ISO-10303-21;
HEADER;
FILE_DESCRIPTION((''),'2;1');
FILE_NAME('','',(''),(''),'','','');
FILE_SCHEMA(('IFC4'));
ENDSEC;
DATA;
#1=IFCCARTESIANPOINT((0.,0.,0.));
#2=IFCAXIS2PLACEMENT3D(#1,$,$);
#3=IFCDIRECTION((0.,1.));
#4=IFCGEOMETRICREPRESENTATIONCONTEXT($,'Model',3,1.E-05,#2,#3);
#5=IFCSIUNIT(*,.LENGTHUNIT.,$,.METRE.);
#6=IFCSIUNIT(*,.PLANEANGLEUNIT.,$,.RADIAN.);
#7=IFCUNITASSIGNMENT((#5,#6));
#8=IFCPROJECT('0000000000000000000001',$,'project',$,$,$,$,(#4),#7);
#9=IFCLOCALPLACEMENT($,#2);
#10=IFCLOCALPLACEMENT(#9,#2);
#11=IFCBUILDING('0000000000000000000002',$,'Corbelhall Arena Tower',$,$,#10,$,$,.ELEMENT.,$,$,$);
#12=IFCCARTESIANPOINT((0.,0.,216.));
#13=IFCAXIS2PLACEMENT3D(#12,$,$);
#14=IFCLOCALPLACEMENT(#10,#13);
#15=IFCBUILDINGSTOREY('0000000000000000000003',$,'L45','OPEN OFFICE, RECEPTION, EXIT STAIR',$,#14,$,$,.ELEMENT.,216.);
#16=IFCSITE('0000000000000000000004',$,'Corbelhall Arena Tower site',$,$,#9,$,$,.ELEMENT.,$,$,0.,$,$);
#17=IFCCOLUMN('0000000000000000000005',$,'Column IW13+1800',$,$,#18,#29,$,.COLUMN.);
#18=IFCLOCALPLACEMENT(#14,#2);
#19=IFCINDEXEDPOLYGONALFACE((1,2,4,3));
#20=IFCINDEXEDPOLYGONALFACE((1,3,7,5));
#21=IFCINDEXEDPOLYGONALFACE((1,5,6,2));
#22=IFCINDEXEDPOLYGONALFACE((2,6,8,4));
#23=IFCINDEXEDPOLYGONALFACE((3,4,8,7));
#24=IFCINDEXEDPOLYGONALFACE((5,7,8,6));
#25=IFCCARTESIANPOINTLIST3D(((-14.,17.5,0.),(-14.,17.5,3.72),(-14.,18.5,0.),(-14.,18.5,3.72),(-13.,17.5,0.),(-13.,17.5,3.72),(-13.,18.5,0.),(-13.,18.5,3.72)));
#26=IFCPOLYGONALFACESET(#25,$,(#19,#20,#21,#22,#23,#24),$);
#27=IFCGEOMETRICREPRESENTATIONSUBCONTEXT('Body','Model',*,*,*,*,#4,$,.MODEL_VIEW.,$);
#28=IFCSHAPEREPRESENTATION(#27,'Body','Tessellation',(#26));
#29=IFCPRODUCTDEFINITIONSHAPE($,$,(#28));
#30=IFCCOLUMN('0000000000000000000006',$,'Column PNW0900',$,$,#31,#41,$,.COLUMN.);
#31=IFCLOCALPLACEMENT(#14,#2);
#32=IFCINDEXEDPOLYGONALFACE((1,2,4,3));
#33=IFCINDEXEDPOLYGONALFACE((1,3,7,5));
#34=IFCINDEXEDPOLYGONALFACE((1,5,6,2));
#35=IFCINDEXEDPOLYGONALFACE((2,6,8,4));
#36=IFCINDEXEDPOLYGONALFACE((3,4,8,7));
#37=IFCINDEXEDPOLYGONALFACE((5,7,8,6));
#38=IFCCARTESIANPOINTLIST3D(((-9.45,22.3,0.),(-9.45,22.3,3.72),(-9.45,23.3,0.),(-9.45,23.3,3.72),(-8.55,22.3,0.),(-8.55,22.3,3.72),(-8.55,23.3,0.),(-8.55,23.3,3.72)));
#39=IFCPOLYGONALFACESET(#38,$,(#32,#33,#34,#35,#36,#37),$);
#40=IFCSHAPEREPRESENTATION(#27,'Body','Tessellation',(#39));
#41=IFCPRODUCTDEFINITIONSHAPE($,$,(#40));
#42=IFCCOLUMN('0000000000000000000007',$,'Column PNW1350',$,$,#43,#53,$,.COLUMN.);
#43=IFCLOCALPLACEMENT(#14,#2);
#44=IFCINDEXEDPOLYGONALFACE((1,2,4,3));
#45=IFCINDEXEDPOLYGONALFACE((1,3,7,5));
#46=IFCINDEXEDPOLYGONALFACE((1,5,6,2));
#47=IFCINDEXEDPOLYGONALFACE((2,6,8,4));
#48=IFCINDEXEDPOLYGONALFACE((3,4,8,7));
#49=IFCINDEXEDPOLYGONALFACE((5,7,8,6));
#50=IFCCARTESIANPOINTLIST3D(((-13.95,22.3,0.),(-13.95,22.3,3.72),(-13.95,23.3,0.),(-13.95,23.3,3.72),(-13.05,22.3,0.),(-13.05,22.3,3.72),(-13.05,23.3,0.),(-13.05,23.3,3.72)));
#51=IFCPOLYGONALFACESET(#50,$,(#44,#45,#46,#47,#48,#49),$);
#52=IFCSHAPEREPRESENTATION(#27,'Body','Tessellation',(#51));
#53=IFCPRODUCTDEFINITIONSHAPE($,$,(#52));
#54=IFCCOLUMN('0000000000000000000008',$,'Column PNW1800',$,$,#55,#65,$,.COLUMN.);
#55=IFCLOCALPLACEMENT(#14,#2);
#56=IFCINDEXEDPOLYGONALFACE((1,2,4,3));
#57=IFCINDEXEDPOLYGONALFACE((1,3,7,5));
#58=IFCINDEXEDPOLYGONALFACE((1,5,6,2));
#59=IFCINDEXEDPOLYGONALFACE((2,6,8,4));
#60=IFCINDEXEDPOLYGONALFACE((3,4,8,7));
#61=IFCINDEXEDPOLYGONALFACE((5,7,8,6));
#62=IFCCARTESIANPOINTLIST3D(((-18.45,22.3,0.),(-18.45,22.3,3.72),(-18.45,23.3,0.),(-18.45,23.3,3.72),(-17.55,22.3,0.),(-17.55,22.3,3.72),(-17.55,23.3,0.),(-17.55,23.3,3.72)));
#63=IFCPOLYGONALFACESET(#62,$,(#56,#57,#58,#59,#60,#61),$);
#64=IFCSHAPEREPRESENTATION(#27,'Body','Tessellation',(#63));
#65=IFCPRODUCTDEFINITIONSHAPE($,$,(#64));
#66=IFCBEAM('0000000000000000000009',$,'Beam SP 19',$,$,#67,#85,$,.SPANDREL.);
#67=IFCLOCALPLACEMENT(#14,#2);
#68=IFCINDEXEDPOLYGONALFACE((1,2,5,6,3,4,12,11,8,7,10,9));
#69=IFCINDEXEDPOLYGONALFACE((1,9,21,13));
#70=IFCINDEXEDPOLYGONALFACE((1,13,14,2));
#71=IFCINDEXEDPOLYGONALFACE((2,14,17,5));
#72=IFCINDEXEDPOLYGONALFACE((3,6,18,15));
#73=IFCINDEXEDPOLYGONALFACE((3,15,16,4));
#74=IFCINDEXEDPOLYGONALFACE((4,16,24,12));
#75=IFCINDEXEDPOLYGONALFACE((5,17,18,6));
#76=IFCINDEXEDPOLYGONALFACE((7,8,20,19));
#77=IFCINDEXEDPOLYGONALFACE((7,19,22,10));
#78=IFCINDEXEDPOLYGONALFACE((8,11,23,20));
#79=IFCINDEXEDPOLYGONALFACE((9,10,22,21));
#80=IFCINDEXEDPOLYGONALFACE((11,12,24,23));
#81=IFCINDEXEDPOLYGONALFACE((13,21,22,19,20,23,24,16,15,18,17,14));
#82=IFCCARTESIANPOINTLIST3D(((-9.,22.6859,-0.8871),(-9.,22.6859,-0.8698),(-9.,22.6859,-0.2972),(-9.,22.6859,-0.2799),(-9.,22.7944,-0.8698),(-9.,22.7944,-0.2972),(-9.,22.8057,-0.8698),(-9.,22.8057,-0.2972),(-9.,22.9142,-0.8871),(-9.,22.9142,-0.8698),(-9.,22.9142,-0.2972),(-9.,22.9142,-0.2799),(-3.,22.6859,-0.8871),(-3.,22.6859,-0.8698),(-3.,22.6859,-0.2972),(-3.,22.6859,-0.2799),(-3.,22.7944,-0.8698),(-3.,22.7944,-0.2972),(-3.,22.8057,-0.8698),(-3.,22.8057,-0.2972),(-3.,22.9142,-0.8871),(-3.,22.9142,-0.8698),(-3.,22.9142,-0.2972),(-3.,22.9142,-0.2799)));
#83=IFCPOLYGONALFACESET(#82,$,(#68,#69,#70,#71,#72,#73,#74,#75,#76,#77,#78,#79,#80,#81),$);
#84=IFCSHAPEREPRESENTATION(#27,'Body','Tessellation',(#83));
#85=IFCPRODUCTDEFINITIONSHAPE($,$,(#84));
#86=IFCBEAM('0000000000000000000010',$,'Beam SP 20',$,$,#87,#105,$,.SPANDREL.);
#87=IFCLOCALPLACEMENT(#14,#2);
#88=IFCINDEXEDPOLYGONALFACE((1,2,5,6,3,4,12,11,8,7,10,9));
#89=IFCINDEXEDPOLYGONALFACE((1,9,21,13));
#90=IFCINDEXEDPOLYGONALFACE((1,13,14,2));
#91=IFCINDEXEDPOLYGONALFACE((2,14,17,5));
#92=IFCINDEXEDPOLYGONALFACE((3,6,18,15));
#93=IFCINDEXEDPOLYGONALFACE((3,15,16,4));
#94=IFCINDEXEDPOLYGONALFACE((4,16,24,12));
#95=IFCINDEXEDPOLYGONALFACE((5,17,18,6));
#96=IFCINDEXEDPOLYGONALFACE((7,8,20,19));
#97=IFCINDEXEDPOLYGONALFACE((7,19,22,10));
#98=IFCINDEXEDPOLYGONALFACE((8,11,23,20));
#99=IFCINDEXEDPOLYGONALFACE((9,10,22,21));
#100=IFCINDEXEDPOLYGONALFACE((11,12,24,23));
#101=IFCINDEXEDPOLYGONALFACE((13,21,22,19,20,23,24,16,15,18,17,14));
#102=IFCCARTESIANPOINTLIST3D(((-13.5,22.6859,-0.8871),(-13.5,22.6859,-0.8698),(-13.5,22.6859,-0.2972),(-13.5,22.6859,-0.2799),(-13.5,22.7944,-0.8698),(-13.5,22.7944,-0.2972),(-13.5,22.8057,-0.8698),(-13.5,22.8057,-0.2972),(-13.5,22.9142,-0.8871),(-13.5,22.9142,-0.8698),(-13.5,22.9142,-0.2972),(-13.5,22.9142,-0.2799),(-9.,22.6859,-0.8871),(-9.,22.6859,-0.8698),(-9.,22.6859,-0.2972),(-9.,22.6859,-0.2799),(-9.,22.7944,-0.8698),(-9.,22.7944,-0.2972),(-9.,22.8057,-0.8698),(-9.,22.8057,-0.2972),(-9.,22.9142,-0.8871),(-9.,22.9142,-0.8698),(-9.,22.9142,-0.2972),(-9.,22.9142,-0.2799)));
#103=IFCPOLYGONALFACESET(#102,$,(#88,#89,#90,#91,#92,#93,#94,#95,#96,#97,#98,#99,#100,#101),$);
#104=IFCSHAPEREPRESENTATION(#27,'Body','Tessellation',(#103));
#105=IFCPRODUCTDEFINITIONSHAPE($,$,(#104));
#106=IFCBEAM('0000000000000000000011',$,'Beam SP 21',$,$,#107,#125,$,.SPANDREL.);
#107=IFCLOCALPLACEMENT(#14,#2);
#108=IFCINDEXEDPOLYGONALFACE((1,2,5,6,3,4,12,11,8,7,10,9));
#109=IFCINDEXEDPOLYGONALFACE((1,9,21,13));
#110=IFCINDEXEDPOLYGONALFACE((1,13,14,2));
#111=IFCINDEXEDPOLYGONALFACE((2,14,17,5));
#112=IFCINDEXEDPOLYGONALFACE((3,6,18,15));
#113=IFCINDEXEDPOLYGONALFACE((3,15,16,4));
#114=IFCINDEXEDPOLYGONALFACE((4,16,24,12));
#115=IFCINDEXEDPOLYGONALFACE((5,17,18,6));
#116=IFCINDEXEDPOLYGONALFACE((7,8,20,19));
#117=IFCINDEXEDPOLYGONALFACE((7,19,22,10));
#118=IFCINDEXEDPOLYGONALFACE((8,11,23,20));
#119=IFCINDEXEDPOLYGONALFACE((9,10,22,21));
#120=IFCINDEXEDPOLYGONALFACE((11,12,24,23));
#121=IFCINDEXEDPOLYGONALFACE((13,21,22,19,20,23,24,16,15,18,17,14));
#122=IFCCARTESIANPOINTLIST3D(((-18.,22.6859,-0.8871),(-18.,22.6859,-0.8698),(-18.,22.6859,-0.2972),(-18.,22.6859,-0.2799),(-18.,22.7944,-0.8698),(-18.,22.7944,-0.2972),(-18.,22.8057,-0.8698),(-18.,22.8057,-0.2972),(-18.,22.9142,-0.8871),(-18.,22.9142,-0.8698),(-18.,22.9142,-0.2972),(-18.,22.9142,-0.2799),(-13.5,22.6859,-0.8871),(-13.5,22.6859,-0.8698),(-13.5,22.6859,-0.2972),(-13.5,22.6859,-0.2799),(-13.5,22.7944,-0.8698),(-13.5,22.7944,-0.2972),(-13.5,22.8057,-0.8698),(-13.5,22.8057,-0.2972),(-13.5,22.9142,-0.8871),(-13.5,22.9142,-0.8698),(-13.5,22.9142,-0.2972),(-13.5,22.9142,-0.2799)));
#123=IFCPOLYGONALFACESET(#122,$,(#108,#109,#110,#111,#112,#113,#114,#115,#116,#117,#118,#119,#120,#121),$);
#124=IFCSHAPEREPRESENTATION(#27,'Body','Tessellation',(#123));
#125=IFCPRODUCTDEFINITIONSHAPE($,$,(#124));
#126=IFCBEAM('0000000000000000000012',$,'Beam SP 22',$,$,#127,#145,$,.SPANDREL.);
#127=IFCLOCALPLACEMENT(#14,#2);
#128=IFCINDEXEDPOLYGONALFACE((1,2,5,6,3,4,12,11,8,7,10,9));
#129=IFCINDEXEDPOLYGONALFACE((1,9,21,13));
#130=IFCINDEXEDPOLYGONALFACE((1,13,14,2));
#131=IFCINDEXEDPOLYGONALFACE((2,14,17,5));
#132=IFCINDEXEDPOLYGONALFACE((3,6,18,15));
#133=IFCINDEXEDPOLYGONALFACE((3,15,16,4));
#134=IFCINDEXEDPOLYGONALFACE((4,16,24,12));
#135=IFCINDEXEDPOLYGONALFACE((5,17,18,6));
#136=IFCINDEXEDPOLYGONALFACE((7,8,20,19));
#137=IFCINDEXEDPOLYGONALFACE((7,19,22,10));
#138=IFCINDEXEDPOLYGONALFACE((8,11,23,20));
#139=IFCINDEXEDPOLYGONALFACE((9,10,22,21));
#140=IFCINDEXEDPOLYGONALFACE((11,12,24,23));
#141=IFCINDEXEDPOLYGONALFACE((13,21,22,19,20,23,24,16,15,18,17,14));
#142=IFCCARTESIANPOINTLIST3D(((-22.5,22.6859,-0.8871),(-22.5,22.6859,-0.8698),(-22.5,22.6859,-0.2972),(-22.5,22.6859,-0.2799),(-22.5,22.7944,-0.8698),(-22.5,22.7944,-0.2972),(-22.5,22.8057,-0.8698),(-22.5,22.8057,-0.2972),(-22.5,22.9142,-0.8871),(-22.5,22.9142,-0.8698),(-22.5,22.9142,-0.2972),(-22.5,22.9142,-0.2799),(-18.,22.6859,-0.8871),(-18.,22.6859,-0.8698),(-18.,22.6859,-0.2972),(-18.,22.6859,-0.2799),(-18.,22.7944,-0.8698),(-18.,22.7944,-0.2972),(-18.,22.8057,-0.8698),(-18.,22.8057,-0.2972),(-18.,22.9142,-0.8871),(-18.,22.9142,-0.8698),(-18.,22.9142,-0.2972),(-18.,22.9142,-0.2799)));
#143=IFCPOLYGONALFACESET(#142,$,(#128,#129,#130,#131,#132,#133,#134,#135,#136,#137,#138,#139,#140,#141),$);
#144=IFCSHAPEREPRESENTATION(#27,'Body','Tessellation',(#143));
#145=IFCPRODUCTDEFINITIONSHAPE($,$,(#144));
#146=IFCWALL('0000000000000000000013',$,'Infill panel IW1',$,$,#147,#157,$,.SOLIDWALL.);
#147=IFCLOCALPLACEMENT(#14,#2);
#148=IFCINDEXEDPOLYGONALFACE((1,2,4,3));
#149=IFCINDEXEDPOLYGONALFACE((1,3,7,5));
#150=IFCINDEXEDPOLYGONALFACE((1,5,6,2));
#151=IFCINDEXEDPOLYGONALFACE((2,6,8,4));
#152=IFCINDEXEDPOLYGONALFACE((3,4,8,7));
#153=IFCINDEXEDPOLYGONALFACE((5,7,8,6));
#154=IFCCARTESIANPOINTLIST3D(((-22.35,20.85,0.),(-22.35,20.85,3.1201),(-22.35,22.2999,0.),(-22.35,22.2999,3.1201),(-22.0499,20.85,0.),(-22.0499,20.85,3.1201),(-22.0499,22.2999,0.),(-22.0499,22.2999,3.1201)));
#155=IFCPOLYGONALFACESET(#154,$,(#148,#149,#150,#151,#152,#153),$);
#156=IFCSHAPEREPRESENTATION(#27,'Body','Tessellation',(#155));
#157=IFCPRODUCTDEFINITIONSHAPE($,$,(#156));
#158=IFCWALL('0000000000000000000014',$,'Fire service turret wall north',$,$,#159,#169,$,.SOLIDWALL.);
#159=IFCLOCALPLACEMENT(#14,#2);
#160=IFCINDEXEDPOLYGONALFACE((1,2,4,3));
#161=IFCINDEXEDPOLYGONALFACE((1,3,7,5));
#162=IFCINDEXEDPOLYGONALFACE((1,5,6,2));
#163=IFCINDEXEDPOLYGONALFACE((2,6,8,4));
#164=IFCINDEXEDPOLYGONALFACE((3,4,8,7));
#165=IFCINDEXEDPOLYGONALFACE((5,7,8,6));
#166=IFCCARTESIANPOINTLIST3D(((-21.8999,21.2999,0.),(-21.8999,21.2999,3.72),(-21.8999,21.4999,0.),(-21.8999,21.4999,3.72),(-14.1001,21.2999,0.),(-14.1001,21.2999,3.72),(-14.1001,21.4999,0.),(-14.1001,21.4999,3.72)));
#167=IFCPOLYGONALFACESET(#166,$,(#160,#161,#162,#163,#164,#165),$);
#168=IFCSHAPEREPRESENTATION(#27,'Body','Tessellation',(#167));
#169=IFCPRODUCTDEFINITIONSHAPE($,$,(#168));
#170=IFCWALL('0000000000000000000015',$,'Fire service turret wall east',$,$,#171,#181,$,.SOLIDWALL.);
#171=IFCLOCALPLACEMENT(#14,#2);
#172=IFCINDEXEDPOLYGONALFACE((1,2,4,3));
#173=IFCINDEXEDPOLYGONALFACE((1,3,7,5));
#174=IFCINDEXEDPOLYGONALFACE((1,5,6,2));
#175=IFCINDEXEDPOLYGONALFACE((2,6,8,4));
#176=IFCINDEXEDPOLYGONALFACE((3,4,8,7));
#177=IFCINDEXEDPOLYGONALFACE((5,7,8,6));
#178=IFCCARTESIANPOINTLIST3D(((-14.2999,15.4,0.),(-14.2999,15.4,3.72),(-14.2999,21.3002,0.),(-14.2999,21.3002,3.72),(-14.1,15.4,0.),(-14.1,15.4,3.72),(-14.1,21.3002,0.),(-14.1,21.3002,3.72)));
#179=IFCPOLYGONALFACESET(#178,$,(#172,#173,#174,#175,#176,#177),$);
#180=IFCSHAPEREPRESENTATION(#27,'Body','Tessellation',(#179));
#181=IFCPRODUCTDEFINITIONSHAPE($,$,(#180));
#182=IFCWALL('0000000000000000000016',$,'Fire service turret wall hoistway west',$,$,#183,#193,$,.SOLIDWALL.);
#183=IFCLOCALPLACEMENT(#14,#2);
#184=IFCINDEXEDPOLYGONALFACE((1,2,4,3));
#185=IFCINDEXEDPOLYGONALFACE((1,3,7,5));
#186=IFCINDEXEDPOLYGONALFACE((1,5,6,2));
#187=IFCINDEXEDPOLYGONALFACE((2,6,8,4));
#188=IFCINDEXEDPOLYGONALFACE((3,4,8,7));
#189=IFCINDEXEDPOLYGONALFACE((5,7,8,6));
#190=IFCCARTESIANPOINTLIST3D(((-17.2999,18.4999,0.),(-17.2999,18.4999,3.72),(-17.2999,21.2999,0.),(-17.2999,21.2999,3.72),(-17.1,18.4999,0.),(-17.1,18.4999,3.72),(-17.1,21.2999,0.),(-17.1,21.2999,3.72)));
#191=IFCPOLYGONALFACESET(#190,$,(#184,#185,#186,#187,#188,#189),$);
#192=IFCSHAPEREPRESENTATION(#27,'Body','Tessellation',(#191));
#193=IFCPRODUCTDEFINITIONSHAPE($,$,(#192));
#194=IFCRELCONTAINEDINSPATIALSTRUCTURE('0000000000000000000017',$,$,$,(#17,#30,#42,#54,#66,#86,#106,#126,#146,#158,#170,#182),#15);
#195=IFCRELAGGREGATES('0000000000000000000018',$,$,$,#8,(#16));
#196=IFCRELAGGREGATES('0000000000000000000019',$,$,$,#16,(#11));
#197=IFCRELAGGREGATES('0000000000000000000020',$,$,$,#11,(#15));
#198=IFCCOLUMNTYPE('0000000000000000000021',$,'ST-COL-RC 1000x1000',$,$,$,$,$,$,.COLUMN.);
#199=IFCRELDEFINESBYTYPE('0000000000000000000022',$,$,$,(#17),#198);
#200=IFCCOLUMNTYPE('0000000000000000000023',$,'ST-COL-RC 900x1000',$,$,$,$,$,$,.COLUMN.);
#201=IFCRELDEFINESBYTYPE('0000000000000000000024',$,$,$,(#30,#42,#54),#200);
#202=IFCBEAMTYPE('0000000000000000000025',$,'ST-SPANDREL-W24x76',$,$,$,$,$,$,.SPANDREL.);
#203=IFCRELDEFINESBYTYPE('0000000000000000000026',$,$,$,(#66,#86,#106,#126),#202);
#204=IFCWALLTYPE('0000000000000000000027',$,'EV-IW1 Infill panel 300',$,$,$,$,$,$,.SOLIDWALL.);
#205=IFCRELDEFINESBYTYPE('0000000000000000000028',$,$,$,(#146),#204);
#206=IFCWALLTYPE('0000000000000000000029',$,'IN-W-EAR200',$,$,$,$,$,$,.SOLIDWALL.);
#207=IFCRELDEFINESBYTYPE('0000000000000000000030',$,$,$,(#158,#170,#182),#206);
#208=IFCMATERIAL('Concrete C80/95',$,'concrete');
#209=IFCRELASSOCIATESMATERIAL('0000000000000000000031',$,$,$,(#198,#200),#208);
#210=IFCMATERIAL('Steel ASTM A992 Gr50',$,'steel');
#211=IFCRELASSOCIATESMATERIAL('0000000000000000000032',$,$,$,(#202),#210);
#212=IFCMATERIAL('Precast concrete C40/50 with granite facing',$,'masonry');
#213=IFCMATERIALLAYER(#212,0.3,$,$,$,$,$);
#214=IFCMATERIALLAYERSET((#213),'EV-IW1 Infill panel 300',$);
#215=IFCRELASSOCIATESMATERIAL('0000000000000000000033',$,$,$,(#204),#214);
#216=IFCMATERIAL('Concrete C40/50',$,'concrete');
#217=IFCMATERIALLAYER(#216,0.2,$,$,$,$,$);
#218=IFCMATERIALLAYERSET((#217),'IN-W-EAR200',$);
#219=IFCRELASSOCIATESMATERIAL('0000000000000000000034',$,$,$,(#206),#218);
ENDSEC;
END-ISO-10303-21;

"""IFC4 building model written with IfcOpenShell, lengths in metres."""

from ifc_helpers import new_model, si_unit, direction, frame, frame_2d, origin, origin_2d, place, context, subcontext, project, spatial, rectangle, i_section, extrude, material, layer, layer_set, material_profile, profile_set, type_object, element, save


model = new_model("IFC4")

# Units and contexts
model_context = context("Model", 3, precision=1e-05, world=origin(), true_north=direction((0.0, 1.0)))
body_context = subcontext(model_context, "Body", "Model", "MODEL_VIEW")
ifc_project = project(units=[si_unit("LENGTHUNIT", "METRE"), si_unit("PLANEANGLEUNIT", "RADIAN")], contexts=[model_context])

# Site, building, storey
site_placement = place(None, origin())
site = spatial("IfcSite", under=ifc_project, at=site_placement, Name="Corbelhall Arena Tower site", CompositionType="ELEMENT", RefElevation=0.0)
building_placement = place(site_placement, origin())
building = spatial("IfcBuilding", under=site, at=building_placement, Name="Corbelhall Arena Tower", CompositionType="ELEMENT")
storey_placement = place(building_placement, frame((0.0, 0.0, 216.0)))
storey = spatial("IfcBuildingStorey", under=building, at=storey_placement, Name="L45", Description="OPEN OFFICE, RECEPTION, EXIT STAIR", CompositionType="ELEMENT", Elevation=216.0)

# Columns
ifc_material_1 = material(Name="Concrete C80/95", Category="concrete")
ifc_material_profile_1 = material_profile(ifc_material_1, rectangle(XDim=1.0, YDim=1.0, at=origin_2d()))
ifc_profile_set_1 = profile_set([ifc_material_profile_1], Name="Concrete C80/95")
column_type_1 = type_object("IfcColumnType", Name="ST-COL-RC 1000x1000", PredefinedType="COLUMN", material=ifc_profile_set_1)
column_placement = place(storey_placement, frame((-13.5, 18.0, 0.0), z_axis=(0.0, 0.0, 1.0), x_axis=(1.0, 0.0, 0.0)))
element("IfcColumn", 1, at=column_placement, inside=storey, type_object=column_type_1, Name="Column IW13+1800", PredefinedType="COLUMN", context=body_context, shape_type="SweptSolid", body=[
    extrude(rectangle(XDim=1.0, YDim=1.0, at=origin_2d()), origin(), (0.0, 0.0, 1.0), 3.72),
])
ifc_material_profile_2 = material_profile(ifc_material_1, rectangle(XDim=0.8999, YDim=1.0, at=origin_2d()))
ifc_profile_set_2 = profile_set([ifc_material_profile_2], Name="Concrete C80/95")
column_type_2 = type_object("IfcColumnType", Name="ST-COL-RC 900x1000", PredefinedType="COLUMN", material=ifc_profile_set_2)
for number, where, z_axis, x_axis, name in (
    (2, (-9.0, 22.8, 0.0), (0.0, 0.0, 1.0), (1.0, 0.0, 0.0), "Column PNW0900"),
    (3, (-13.5, 22.8, 0.0), (0.0, 0.0, 1.0), (1.0, 0.0, 0.0), "Column PNW1350"),
    (4, (-18.0, 22.8, 0.0), (0.0, 0.0, 1.0), (1.0, 0.0, 0.0), "Column PNW1800"),
):
    element("IfcColumn", number, at=place(storey_placement, frame(where, z_axis=z_axis, x_axis=x_axis)), inside=storey, type_object=column_type_2, Name=name, PredefinedType="COLUMN", context=body_context, shape_type="SweptSolid", body=[
        extrude(rectangle(XDim=0.8999, YDim=1.0, at=origin_2d()), origin(), (0.0, 0.0, 1.0), 3.72),
    ])

# Beams
ifc_material_2 = material(Name="Steel ASTM A992 Gr50", Category="steel")
ifc_material_profile_3 = material_profile(ifc_material_2, i_section(OverallWidth=0.2283, OverallDepth=0.6072, WebThickness=0.0112, FlangeThickness=0.0173, at=origin_2d()))
ifc_profile_set_3 = profile_set([ifc_material_profile_3], Name="Steel ASTM A992 Gr50")
beam_type = type_object("IfcBeamType", Name="ST-SPANDREL-W24x76", PredefinedType="SPANDREL", material=ifc_profile_set_3)
beam_placement = place(storey_placement, frame((-9.0, 22.8, -0.5835), z_axis=(1.0, 0.0, 0.0), x_axis=(0.0, 1.0, 0.0)))
element("IfcBeam", 5, at=beam_placement, inside=storey, type_object=beam_type, Name="Beam SP 19", PredefinedType="SPANDREL", context=body_context, shape_type="SweptSolid", body=[
    extrude(i_section(OverallWidth=0.2283, OverallDepth=0.6072, WebThickness=0.0112, FlangeThickness=0.0173, at=origin_2d()), origin(), (0.0, 0.0, 1.0), 6.0),
])
for number, where, z_axis, x_axis, name in (
    (6, (-13.5, 22.8, -0.5835), (1.0, 0.0, 0.0), (0.0, 1.0, 0.0), "Beam SP 20"),
    (7, (-18.0, 22.8, -0.5835), (1.0, 0.0, 0.0), (0.0, 1.0, 0.0), "Beam SP 21"),
    (8, (-22.5, 22.8, -0.5835), (1.0, 0.0, 0.0), (0.0, 1.0, 0.0), "Beam SP 22"),
):
    element("IfcBeam", number, at=place(storey_placement, frame(where, z_axis=z_axis, x_axis=x_axis)), inside=storey, type_object=beam_type, Name=name, PredefinedType="SPANDREL", context=body_context, shape_type="SweptSolid", body=[
        extrude(i_section(OverallWidth=0.2283, OverallDepth=0.6072, WebThickness=0.0112, FlangeThickness=0.0173, at=origin_2d()), origin(), (0.0, 0.0, 1.0), 4.5),
    ])

# Shared definitions
ifc_material_3 = material(Name="Precast concrete C40/50 with granite facing", Category="masonry")
ifc_layer_1 = layer(ifc_material_3, 0.3)
ifc_layer_set_1 = layer_set([ifc_layer_1], Name="EV-IW1 Infill panel 300")
wall_type_1 = type_object("IfcWallType", Name="EV-IW1 Infill panel 300", PredefinedType="SOLIDWALL", material=ifc_layer_set_1)

# Walls
wall_1_placement = place(storey_placement, frame((-22.2, 22.3, 0.0), z_axis=(0.0, 0.0, 1.0), x_axis=(0.0, -1.0, 0.0)))
element("IfcWall", 9, at=wall_1_placement, inside=storey, type_object=wall_type_1, Name="Infill panel IW1", PredefinedType="SOLIDWALL", context=body_context, shape_type="SweptSolid", body=[
    extrude(rectangle(XDim=1.45, YDim=0.3, at=frame_2d((0.7251, 0.0))), origin(), (0.0, 0.0, 1.0), 3.1201),
])
ifc_material_4 = material(Name="Concrete C40/50", Category="concrete")
ifc_layer_2 = layer(ifc_material_4, 0.2)
ifc_layer_set_2 = layer_set([ifc_layer_2], Name="IN-W-EAR200")
wall_type_2 = type_object("IfcWallType", Name="IN-W-EAR200", PredefinedType="SOLIDWALL", material=ifc_layer_set_2)
wall_2_placement = place(storey_placement, frame((-21.8999, 21.3999, 0.0), z_axis=(0.0, 0.0, 1.0), x_axis=(1.0, 0.0, 0.0)))
element("IfcWall", 10, at=wall_2_placement, inside=storey, type_object=wall_type_2, Name="Fire service turret wall north", PredefinedType="SOLIDWALL", context=body_context, shape_type="SweptSolid", body=[
    extrude(rectangle(XDim=7.7998, YDim=0.2, at=frame_2d((3.8999, 0.0))), origin(), (0.0, 0.0, 1.0), 3.72),
])
wall_3_placement = place(storey_placement, frame((-14.2, 15.3999, 0.0), z_axis=(0.0, 0.0, 1.0), x_axis=(0.0, 1.0, 0.0)))
element("IfcWall", 11, at=wall_3_placement, inside=storey, type_object=wall_type_2, Name="Fire service turret wall east", PredefinedType="SOLIDWALL", context=body_context, shape_type="SweptSolid", body=[
    extrude(rectangle(XDim=5.9001, YDim=0.2, at=frame_2d((2.9502, 0.0))), origin(), (0.0, 0.0, 1.0), 3.72),
])

# Wall
wall_4_placement = place(storey_placement, frame((-17.2, 18.5, 0.0), z_axis=(0.0, 0.0, 1.0), x_axis=(0.0, 1.0, 0.0)))
element("IfcWall", 12, at=wall_4_placement, inside=storey, type_object=wall_type_2, Name="Fire service turret wall hoistway west", PredefinedType="SOLIDWALL", context=body_context, shape_type="SweptSolid", body=[
    extrude(rectangle(XDim=2.8, YDim=0.2, at=frame_2d((1.3999, 0.0))), origin(), (0.0, 0.0, 1.0), 3.72),
])

save(model, "model.ifc")
